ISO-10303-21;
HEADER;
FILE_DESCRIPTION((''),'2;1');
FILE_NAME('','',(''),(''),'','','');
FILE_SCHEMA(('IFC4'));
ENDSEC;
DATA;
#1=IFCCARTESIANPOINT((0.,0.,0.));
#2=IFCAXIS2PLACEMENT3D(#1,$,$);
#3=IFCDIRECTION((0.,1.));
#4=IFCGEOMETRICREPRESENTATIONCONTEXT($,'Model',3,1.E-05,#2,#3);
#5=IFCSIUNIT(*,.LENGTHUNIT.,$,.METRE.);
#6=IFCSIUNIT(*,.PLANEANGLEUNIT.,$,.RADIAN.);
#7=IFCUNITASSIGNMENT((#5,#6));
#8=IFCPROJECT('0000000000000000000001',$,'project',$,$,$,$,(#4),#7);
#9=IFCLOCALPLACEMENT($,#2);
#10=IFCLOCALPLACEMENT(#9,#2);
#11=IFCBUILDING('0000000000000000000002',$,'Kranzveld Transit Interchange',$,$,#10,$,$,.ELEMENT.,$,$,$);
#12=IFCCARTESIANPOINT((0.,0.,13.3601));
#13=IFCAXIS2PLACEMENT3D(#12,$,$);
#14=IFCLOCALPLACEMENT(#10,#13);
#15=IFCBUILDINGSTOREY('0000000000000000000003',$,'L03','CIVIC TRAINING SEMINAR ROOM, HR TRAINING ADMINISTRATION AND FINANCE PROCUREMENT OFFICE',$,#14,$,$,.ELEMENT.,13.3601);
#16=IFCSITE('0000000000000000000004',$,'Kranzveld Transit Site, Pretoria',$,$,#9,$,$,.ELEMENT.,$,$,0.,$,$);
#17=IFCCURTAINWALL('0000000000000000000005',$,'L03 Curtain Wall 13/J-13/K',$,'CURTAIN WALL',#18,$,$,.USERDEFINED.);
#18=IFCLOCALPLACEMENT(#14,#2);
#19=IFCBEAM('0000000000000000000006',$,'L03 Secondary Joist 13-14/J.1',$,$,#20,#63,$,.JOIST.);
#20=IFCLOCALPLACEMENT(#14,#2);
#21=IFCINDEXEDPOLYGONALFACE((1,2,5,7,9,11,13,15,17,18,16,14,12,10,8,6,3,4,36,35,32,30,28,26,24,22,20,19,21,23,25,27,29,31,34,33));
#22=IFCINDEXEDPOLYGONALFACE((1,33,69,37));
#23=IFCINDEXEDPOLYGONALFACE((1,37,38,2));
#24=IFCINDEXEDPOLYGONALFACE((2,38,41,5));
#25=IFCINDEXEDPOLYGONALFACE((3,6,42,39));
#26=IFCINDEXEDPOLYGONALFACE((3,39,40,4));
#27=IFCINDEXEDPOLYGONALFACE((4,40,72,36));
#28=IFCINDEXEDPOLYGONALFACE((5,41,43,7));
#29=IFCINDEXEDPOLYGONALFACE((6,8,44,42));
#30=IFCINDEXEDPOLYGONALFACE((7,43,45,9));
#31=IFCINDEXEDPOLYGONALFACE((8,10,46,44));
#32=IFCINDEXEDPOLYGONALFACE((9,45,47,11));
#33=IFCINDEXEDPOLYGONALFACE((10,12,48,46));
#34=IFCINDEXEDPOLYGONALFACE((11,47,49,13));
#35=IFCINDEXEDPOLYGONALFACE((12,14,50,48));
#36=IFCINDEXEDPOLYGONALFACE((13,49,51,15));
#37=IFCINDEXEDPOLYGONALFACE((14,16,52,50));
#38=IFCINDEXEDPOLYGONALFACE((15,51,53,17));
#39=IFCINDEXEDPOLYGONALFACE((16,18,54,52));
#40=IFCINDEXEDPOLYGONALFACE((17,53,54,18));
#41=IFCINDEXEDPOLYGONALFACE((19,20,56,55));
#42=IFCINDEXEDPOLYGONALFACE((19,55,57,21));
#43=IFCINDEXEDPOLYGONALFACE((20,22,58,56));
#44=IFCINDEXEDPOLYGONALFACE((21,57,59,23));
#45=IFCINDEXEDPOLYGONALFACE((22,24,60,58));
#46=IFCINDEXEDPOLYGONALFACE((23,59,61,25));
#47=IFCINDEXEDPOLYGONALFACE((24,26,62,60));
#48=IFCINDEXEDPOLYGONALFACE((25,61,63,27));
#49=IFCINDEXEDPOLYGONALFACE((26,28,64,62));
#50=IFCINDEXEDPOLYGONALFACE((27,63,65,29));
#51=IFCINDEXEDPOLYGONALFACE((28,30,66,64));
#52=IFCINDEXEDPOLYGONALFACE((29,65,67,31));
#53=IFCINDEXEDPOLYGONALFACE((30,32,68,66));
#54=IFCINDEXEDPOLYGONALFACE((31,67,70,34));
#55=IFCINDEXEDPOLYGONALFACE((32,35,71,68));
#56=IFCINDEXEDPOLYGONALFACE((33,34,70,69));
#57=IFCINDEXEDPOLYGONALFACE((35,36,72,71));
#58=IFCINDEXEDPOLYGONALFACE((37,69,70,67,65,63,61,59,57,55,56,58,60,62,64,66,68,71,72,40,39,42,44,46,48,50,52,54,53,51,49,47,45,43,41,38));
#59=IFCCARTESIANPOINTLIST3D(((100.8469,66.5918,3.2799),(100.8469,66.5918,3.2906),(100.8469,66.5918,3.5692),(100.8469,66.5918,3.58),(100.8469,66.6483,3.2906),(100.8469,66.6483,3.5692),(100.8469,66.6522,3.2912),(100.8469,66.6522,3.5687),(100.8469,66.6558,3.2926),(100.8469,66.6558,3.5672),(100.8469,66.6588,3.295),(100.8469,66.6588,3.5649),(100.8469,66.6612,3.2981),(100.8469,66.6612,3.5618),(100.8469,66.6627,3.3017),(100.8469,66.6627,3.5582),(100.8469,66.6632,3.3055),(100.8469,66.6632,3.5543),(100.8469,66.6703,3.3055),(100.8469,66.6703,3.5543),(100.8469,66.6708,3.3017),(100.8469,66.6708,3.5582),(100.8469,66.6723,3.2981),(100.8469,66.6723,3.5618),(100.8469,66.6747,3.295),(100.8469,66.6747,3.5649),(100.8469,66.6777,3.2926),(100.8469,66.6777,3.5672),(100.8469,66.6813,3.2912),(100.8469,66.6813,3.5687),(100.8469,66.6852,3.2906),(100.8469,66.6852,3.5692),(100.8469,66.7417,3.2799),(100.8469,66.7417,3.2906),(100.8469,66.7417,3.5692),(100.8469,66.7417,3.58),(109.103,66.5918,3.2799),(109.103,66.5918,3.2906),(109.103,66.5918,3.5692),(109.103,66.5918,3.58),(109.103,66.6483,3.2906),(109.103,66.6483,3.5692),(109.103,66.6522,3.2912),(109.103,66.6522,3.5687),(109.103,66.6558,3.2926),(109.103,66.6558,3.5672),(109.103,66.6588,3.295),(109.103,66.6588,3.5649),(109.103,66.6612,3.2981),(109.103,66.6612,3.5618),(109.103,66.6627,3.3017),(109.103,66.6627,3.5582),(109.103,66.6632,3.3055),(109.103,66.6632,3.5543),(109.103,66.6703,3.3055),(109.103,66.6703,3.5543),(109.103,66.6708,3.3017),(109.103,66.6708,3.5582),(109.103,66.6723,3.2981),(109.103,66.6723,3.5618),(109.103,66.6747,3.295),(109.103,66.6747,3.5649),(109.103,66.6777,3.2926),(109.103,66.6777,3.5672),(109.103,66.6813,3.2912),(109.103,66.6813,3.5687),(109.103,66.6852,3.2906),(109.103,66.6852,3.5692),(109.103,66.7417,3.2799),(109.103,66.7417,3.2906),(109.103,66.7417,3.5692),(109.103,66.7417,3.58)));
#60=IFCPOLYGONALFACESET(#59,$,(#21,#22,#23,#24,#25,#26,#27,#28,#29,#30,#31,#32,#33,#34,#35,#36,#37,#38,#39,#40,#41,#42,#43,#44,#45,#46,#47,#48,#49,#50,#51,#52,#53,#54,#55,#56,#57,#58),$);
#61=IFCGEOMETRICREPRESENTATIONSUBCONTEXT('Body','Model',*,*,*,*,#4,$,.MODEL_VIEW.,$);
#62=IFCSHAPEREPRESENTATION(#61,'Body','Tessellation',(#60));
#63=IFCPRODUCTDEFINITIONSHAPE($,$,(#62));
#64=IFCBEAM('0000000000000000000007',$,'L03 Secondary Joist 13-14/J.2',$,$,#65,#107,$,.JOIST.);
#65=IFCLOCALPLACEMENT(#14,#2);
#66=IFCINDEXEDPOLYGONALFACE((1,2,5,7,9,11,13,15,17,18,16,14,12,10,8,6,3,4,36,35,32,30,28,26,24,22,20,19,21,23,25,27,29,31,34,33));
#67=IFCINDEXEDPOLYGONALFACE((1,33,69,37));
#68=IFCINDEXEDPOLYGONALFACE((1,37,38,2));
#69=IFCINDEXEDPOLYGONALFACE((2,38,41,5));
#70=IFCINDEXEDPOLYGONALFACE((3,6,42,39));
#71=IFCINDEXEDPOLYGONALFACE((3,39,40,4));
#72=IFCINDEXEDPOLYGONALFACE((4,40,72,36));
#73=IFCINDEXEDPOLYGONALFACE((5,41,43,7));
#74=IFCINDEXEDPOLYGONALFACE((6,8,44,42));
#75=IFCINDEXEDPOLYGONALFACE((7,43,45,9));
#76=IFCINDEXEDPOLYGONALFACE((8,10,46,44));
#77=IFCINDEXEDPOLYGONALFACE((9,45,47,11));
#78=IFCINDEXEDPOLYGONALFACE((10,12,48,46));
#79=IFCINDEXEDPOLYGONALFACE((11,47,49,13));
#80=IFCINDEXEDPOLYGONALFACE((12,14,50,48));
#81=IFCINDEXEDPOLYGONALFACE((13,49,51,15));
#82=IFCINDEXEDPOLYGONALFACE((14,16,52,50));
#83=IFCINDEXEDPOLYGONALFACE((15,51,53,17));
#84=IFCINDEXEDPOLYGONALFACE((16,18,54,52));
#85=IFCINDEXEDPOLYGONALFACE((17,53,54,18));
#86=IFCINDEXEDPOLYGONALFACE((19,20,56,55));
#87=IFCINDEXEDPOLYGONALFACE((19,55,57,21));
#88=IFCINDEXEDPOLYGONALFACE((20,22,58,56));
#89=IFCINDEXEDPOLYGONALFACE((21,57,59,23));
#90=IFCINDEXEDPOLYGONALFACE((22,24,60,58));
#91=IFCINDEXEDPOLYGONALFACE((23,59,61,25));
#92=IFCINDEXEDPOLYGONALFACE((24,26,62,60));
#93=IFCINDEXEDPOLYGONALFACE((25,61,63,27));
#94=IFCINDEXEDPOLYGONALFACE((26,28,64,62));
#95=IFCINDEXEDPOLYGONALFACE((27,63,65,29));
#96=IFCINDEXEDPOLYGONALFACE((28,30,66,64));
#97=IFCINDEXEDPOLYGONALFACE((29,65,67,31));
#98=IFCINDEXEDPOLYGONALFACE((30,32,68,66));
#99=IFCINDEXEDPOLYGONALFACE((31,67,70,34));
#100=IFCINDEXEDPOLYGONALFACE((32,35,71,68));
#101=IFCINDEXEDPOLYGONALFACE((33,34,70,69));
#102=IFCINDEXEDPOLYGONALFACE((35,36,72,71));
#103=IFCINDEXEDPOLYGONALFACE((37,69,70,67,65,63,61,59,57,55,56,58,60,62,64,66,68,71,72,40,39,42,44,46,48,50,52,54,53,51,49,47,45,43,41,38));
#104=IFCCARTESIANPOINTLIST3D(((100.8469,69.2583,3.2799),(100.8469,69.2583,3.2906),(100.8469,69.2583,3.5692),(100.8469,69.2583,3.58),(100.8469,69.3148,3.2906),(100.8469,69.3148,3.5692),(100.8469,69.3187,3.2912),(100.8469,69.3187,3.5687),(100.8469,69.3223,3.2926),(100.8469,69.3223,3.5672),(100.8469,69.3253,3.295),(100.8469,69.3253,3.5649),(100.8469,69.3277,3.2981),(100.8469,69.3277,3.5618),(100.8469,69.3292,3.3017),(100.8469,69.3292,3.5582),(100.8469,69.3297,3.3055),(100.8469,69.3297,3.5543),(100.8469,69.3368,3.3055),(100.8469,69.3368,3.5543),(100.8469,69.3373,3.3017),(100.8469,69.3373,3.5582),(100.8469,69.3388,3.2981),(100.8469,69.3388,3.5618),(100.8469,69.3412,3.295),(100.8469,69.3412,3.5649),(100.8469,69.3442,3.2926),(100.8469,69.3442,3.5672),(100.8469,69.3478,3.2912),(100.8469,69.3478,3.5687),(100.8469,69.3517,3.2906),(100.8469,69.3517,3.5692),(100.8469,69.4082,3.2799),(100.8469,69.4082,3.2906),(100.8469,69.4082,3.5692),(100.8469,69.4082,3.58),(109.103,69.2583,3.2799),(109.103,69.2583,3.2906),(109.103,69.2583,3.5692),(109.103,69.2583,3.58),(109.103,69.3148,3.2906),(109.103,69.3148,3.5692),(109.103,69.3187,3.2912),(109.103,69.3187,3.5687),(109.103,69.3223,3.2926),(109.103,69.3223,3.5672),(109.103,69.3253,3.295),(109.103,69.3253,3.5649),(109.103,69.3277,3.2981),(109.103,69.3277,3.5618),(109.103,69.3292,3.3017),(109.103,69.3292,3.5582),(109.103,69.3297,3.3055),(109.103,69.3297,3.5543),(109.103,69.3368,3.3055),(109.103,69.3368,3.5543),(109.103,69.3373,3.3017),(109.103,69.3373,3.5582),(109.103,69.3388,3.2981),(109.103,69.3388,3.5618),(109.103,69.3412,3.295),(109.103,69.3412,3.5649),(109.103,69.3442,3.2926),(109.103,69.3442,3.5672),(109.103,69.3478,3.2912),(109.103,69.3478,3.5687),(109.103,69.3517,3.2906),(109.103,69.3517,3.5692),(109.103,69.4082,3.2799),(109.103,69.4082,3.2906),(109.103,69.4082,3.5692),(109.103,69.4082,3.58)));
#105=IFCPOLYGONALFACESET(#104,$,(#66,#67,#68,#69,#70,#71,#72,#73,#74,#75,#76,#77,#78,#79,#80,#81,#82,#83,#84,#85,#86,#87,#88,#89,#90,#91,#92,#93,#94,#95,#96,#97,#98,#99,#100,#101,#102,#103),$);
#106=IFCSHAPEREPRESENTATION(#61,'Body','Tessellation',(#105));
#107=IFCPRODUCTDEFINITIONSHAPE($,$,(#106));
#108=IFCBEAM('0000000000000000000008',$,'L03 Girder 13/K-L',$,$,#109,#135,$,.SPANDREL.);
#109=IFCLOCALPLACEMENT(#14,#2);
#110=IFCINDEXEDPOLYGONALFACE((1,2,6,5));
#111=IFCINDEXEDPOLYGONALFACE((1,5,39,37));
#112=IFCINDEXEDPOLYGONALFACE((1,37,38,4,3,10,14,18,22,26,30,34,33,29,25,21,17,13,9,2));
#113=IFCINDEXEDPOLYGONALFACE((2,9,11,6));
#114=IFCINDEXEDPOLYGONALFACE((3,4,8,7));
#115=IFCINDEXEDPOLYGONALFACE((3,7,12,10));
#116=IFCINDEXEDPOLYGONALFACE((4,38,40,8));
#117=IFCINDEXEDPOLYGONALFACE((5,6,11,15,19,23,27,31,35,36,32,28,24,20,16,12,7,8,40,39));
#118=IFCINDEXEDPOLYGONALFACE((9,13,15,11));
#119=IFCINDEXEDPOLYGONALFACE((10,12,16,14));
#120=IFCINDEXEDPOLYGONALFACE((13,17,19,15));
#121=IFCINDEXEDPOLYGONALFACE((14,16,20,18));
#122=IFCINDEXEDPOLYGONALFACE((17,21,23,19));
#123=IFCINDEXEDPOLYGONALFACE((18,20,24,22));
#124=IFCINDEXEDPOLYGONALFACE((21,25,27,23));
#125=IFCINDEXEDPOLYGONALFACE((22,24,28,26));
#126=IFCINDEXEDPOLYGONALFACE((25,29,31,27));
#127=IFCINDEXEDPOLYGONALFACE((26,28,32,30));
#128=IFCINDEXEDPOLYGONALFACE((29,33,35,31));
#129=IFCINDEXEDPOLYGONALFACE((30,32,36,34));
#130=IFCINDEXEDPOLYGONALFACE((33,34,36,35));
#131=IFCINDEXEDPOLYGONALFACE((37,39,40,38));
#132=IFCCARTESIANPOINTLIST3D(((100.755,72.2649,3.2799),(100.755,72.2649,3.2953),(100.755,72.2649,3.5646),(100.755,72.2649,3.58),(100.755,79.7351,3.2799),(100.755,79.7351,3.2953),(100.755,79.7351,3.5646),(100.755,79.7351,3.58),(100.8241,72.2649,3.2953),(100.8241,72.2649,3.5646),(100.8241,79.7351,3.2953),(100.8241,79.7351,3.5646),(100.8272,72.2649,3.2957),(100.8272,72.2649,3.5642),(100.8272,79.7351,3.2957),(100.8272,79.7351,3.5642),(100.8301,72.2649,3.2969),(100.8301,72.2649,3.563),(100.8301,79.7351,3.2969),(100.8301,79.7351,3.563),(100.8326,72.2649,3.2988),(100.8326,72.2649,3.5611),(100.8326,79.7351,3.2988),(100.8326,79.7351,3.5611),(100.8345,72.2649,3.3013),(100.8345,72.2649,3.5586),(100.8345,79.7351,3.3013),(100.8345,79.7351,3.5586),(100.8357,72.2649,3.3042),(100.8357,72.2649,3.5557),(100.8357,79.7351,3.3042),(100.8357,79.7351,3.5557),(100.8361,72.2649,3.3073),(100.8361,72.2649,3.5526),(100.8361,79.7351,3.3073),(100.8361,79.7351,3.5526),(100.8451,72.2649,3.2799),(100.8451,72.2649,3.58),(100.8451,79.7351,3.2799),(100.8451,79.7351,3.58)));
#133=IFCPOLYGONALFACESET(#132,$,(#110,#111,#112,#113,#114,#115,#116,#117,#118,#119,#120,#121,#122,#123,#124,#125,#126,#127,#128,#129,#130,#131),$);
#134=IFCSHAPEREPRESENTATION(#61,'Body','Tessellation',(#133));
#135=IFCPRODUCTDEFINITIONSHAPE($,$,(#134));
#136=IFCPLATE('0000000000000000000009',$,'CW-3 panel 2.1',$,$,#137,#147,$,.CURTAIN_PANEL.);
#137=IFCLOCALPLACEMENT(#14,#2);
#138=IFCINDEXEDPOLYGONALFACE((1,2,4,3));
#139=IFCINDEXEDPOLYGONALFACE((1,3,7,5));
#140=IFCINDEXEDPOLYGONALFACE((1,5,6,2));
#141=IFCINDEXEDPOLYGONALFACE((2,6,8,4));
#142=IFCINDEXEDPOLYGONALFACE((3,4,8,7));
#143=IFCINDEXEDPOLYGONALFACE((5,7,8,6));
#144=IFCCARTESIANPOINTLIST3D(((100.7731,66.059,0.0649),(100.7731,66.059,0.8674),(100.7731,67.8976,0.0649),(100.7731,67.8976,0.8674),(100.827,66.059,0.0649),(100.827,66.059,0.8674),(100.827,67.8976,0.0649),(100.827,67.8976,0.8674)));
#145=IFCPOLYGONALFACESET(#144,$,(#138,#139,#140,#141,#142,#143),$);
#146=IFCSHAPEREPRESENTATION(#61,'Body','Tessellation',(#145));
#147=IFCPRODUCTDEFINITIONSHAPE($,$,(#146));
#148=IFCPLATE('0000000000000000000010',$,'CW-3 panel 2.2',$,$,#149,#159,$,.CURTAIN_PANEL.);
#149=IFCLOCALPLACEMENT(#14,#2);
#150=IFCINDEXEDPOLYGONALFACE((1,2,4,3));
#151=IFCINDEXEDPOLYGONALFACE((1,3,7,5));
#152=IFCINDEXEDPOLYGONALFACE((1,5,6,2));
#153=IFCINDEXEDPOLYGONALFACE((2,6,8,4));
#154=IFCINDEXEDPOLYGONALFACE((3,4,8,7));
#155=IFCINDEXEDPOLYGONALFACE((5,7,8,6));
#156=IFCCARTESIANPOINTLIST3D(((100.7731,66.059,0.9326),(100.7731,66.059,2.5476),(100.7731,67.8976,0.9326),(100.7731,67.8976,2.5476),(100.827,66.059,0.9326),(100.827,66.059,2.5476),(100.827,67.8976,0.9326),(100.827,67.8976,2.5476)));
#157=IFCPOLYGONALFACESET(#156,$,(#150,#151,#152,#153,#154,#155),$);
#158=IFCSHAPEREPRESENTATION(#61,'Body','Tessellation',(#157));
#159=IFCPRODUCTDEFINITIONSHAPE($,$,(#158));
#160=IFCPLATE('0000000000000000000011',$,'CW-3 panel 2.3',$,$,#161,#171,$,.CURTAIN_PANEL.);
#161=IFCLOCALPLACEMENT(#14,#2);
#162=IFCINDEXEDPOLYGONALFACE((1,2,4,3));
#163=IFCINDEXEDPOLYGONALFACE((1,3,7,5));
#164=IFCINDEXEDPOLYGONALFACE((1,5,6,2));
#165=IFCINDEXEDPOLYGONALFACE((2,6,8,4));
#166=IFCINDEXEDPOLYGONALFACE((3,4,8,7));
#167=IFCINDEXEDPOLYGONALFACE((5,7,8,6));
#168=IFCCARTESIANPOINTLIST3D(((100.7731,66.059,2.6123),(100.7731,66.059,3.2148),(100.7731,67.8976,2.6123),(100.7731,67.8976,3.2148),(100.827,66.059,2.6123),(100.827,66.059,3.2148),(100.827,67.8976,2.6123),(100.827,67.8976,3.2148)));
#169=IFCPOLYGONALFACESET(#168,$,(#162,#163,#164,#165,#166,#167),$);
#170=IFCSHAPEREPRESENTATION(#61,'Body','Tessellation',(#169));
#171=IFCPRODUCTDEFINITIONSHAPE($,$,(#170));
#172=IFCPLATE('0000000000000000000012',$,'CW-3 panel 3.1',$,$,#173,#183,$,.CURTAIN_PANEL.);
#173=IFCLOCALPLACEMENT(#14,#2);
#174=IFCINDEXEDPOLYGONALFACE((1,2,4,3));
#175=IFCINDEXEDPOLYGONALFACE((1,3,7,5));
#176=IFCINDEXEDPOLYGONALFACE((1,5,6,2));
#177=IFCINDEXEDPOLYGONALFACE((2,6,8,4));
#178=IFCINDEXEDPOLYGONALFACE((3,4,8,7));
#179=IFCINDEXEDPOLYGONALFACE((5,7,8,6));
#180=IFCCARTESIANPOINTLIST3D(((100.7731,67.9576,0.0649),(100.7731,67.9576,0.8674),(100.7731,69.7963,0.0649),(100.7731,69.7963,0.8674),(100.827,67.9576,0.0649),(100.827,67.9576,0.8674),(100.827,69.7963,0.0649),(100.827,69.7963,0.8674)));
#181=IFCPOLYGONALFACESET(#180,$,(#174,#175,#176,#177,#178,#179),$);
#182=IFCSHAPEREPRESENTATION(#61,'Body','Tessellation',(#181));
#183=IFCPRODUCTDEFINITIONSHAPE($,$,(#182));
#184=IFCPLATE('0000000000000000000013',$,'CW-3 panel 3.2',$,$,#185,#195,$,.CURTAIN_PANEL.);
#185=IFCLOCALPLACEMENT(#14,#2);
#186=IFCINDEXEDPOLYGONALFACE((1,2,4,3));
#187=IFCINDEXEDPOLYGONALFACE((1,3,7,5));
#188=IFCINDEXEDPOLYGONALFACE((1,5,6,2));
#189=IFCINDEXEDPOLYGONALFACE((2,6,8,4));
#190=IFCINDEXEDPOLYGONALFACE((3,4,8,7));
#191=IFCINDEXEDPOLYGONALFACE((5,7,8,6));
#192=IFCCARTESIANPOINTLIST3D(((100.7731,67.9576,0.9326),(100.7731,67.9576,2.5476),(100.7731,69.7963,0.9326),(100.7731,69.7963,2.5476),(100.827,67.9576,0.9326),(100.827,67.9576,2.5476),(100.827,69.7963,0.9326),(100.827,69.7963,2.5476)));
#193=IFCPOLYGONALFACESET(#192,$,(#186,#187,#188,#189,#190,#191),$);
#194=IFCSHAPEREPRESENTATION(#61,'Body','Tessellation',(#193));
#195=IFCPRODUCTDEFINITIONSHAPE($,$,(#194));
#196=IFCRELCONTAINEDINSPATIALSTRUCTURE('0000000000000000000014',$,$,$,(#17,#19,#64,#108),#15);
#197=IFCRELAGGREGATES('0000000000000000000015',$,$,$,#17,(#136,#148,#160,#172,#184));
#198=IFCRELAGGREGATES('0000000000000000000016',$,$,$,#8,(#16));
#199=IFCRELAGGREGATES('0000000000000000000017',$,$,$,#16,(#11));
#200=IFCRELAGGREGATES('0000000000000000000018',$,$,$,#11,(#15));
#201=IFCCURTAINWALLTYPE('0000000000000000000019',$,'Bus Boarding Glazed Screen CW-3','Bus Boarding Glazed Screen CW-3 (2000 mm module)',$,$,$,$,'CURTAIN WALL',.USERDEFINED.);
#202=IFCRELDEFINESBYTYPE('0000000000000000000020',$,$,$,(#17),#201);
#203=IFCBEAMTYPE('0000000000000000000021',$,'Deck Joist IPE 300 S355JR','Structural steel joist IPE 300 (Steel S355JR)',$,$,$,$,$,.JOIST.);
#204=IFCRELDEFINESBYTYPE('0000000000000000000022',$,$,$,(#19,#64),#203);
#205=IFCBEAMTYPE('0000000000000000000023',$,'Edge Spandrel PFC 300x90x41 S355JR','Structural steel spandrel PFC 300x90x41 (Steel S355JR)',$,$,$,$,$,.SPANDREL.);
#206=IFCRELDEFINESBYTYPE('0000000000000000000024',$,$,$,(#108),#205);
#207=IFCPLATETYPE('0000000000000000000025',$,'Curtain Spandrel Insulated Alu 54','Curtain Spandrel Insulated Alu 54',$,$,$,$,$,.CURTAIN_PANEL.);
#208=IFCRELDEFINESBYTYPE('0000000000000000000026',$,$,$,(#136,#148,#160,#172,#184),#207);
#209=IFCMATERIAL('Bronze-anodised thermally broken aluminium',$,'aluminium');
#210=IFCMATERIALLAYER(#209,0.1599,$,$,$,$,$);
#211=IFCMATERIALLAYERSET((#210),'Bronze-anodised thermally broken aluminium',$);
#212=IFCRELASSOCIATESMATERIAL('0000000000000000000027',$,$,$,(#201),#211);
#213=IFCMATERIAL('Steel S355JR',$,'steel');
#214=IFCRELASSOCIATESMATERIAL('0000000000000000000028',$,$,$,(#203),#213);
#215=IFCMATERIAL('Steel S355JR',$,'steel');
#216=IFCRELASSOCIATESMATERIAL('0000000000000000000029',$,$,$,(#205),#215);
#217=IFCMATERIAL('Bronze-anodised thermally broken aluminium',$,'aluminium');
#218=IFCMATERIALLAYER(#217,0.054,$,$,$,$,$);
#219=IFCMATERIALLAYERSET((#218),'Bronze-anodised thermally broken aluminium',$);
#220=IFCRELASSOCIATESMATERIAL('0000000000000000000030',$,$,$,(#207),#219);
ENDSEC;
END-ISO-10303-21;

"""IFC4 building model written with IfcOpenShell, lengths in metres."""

from ifc_helpers import new_model, si_unit, direction, frame, origin, origin_2d, place, context, subcontext, project, spatial, rectangle, i_section, u_section, extrude, material, layer, layer_set, material_profile, profile_set, type_object, element, aggregate, save


model = new_model("IFC4")

# Units and contexts
model_context = context("Model", 3, precision=1e-05, world=origin(), true_north=direction((0.0, 1.0)))
body_context = subcontext(model_context, "Body", "Model", "MODEL_VIEW")
ifc_project = project(units=[si_unit("LENGTHUNIT", "METRE"), si_unit("PLANEANGLEUNIT", "RADIAN")], contexts=[model_context])

# Site, building, storey
site_placement = place(None, origin())
site = spatial("IfcSite", under=ifc_project, at=site_placement, Name="Kranzveld Transit Site, Pretoria", CompositionType="ELEMENT", RefElevation=0.0)
building_placement = place(site_placement, origin())
building = spatial("IfcBuilding", under=site, at=building_placement, Name="Kranzveld Transit Interchange", CompositionType="ELEMENT")
storey_placement = place(building_placement, frame((0.0, 0.0, 13.3601)))
storey = spatial("IfcBuildingStorey", under=building, at=storey_placement, Name="L03", Description="CIVIC TRAINING SEMINAR ROOM, HR TRAINING ADMINISTRATION AND FINANCE PROCUREMENT OFFICE", CompositionType="ELEMENT", Elevation=13.3601)

# Curtain wall
ifc_material_1 = material(Name="Bronze-anodised thermally broken aluminium", Category="aluminium")
ifc_layer_1 = layer(ifc_material_1, 0.1599)
ifc_layer_set_1 = layer_set([ifc_layer_1], Name="Bronze-anodised thermally broken aluminium")
curtain_wall_type = type_object("IfcCurtainWallType", Name="Bus Boarding Glazed Screen CW-3", Description="Bus Boarding Glazed Screen CW-3 (2000 mm module)", ElementType="CURTAIN WALL", PredefinedType="USERDEFINED", material=ifc_layer_set_1)
curtain_wall_placement = place(storey_placement, origin())
curtain_wall = element("IfcCurtainWall", 1, at=curtain_wall_placement, inside=storey, type_object=curtain_wall_type, Name="L03 Curtain Wall 13/J-13/K", ObjectType="CURTAIN WALL", PredefinedType="USERDEFINED")

# Beams
ifc_material_2 = material(Name="Steel S355JR", Category="steel")
ifc_material_profile_1 = material_profile(ifc_material_2, i_section(OverallWidth=0.1499, OverallDepth=0.3, WebThickness=0.0071, FlangeThickness=0.0107, FilletRadius=0.0149, at=origin_2d()), Name="IPE 300")
ifc_profile_set_1 = profile_set([ifc_material_profile_1], Name="Steel S355JR")
beam_type_1 = type_object("IfcBeamType", Name="Deck Joist IPE 300 S355JR", Description="Structural steel joist IPE 300 (Steel S355JR)", PredefinedType="JOIST", material=ifc_profile_set_1)
for number, where, z_axis, x_axis, name in (
    (2, (100.8469, 66.6667, 3.4299), (1.0, 0.0, 0.0), (0.0, 1.0, 0.0), "L03 Secondary Joist 13-14/J.1"),
    (3, (100.8469, 69.3333, 3.4299), (1.0, 0.0, 0.0), (0.0, 1.0, 0.0), "L03 Secondary Joist 13-14/J.2"),
):
    element("IfcBeam", number, at=place(storey_placement, frame(where, z_axis=z_axis, x_axis=x_axis)), inside=storey, type_object=beam_type_1, Name=name, PredefinedType="JOIST", context=body_context, shape_type="SweptSolid", body=[
        extrude(i_section(OverallWidth=0.1499, OverallDepth=0.3, WebThickness=0.0071, FlangeThickness=0.0107, FilletRadius=0.0149, at=origin_2d()), origin(), (0.0, 0.0, 1.0), 8.2561),
    ])
ifc_material_3 = material(Name="Steel S355JR", Category="steel")
ifc_material_profile_2 = material_profile(ifc_material_3, u_section(Depth=0.3, FlangeWidth=0.0901, WebThickness=0.009, FlangeThickness=0.0154, FilletRadius=0.012, at=origin_2d()), Name="PFC 300x90x41")
ifc_profile_set_2 = profile_set([ifc_material_profile_2], Name="Steel S355JR")
beam_type_2 = type_object("IfcBeamType", Name="Edge Spandrel PFC 300x90x41 S355JR", Description="Structural steel spandrel PFC 300x90x41 (Steel S355JR)", PredefinedType="SPANDREL", material=ifc_profile_set_2)
beam_placement = place(storey_placement, frame((100.8, 72.2649, 3.4299), z_axis=(0.0, 1.0, 0.0), x_axis=(-1.0, 0.0, 0.0)))
element("IfcBeam", 4, at=beam_placement, inside=storey, type_object=beam_type_2, Name="L03 Girder 13/K-L", PredefinedType="SPANDREL", context=body_context, shape_type="SweptSolid", body=[
    extrude(u_section(Depth=0.3, FlangeWidth=0.0901, WebThickness=0.009, FlangeThickness=0.0154, FilletRadius=0.012, at=origin_2d()), origin(), (0.0, 0.0, 1.0), 7.4702),
])

# Plates
ifc_material_4 = material(Name="Bronze-anodised thermally broken aluminium", Category="aluminium")
ifc_layer_2 = layer(ifc_material_4, 0.054)
ifc_layer_set_2 = layer_set([ifc_layer_2], Name="Bronze-anodised thermally broken aluminium")
plate_type = type_object("IfcPlateType", Name="Curtain Spandrel Insulated Alu 54", Description="Curtain Spandrel Insulated Alu 54", PredefinedType="CURTAIN_PANEL", material=ifc_layer_set_2)
plate_1_placement = place(storey_placement, frame((100.8, 66.9783, 0.0649), z_axis=(0.0, 0.0, 1.0), x_axis=(0.0, 1.0, 0.0)))
plate_1 = element("IfcPlate", 5, at=plate_1_placement, type_object=plate_type, Name="CW-3 panel 2.1", PredefinedType="CURTAIN_PANEL", context=body_context, shape_type="SweptSolid", body=[
    extrude(rectangle(XDim=1.8386, YDim=0.054, at=origin_2d()), origin(), (0.0, 0.0, 1.0), 0.8025),
])
plate_2_placement = place(storey_placement, frame((100.8, 66.9783, 0.9326), z_axis=(0.0, 0.0, 1.0), x_axis=(0.0, 1.0, 0.0)))
plate_2 = element("IfcPlate", 6, at=plate_2_placement, type_object=plate_type, Name="CW-3 panel 2.2", PredefinedType="CURTAIN_PANEL", context=body_context, shape_type="SweptSolid", body=[
    extrude(rectangle(XDim=1.8386, YDim=0.054, at=origin_2d()), origin(), (0.0, 0.0, 1.0), 1.615),
])
plate_3_placement = place(storey_placement, frame((100.8, 66.9783, 2.6123), z_axis=(0.0, 0.0, 1.0), x_axis=(0.0, 1.0, 0.0)))
plate_3 = element("IfcPlate", 7, at=plate_3_placement, type_object=plate_type, Name="CW-3 panel 2.3", PredefinedType="CURTAIN_PANEL", context=body_context, shape_type="SweptSolid", body=[
    extrude(rectangle(XDim=1.8386, YDim=0.054, at=origin_2d()), origin(), (0.0, 0.0, 1.0), 0.6025),
])
plate_4_placement = place(storey_placement, frame((100.8, 68.877, 0.0649), z_axis=(0.0, 0.0, 1.0), x_axis=(0.0, 1.0, 0.0)))
plate_4 = element("IfcPlate", 8, at=plate_4_placement, type_object=plate_type, Name="CW-3 panel 3.1", PredefinedType="CURTAIN_PANEL", context=body_context, shape_type="SweptSolid", body=[
    extrude(rectangle(XDim=1.8386, YDim=0.054, at=origin_2d()), origin(), (0.0, 0.0, 1.0), 0.8025),
])
plate_5_placement = place(storey_placement, frame((100.8, 68.877, 0.9326), z_axis=(0.0, 0.0, 1.0), x_axis=(0.0, 1.0, 0.0)))
plate_5 = element("IfcPlate", 9, at=plate_5_placement, type_object=plate_type, Name="CW-3 panel 3.2", PredefinedType="CURTAIN_PANEL", context=body_context, shape_type="SweptSolid", body=[
    extrude(rectangle(XDim=1.8386, YDim=0.054, at=origin_2d()), origin(), (0.0, 0.0, 1.0), 1.615),
])
aggregate(curtain_wall, [plate_1, plate_2, plate_3, plate_4, plate_5])

save(model, "model.ifc")
